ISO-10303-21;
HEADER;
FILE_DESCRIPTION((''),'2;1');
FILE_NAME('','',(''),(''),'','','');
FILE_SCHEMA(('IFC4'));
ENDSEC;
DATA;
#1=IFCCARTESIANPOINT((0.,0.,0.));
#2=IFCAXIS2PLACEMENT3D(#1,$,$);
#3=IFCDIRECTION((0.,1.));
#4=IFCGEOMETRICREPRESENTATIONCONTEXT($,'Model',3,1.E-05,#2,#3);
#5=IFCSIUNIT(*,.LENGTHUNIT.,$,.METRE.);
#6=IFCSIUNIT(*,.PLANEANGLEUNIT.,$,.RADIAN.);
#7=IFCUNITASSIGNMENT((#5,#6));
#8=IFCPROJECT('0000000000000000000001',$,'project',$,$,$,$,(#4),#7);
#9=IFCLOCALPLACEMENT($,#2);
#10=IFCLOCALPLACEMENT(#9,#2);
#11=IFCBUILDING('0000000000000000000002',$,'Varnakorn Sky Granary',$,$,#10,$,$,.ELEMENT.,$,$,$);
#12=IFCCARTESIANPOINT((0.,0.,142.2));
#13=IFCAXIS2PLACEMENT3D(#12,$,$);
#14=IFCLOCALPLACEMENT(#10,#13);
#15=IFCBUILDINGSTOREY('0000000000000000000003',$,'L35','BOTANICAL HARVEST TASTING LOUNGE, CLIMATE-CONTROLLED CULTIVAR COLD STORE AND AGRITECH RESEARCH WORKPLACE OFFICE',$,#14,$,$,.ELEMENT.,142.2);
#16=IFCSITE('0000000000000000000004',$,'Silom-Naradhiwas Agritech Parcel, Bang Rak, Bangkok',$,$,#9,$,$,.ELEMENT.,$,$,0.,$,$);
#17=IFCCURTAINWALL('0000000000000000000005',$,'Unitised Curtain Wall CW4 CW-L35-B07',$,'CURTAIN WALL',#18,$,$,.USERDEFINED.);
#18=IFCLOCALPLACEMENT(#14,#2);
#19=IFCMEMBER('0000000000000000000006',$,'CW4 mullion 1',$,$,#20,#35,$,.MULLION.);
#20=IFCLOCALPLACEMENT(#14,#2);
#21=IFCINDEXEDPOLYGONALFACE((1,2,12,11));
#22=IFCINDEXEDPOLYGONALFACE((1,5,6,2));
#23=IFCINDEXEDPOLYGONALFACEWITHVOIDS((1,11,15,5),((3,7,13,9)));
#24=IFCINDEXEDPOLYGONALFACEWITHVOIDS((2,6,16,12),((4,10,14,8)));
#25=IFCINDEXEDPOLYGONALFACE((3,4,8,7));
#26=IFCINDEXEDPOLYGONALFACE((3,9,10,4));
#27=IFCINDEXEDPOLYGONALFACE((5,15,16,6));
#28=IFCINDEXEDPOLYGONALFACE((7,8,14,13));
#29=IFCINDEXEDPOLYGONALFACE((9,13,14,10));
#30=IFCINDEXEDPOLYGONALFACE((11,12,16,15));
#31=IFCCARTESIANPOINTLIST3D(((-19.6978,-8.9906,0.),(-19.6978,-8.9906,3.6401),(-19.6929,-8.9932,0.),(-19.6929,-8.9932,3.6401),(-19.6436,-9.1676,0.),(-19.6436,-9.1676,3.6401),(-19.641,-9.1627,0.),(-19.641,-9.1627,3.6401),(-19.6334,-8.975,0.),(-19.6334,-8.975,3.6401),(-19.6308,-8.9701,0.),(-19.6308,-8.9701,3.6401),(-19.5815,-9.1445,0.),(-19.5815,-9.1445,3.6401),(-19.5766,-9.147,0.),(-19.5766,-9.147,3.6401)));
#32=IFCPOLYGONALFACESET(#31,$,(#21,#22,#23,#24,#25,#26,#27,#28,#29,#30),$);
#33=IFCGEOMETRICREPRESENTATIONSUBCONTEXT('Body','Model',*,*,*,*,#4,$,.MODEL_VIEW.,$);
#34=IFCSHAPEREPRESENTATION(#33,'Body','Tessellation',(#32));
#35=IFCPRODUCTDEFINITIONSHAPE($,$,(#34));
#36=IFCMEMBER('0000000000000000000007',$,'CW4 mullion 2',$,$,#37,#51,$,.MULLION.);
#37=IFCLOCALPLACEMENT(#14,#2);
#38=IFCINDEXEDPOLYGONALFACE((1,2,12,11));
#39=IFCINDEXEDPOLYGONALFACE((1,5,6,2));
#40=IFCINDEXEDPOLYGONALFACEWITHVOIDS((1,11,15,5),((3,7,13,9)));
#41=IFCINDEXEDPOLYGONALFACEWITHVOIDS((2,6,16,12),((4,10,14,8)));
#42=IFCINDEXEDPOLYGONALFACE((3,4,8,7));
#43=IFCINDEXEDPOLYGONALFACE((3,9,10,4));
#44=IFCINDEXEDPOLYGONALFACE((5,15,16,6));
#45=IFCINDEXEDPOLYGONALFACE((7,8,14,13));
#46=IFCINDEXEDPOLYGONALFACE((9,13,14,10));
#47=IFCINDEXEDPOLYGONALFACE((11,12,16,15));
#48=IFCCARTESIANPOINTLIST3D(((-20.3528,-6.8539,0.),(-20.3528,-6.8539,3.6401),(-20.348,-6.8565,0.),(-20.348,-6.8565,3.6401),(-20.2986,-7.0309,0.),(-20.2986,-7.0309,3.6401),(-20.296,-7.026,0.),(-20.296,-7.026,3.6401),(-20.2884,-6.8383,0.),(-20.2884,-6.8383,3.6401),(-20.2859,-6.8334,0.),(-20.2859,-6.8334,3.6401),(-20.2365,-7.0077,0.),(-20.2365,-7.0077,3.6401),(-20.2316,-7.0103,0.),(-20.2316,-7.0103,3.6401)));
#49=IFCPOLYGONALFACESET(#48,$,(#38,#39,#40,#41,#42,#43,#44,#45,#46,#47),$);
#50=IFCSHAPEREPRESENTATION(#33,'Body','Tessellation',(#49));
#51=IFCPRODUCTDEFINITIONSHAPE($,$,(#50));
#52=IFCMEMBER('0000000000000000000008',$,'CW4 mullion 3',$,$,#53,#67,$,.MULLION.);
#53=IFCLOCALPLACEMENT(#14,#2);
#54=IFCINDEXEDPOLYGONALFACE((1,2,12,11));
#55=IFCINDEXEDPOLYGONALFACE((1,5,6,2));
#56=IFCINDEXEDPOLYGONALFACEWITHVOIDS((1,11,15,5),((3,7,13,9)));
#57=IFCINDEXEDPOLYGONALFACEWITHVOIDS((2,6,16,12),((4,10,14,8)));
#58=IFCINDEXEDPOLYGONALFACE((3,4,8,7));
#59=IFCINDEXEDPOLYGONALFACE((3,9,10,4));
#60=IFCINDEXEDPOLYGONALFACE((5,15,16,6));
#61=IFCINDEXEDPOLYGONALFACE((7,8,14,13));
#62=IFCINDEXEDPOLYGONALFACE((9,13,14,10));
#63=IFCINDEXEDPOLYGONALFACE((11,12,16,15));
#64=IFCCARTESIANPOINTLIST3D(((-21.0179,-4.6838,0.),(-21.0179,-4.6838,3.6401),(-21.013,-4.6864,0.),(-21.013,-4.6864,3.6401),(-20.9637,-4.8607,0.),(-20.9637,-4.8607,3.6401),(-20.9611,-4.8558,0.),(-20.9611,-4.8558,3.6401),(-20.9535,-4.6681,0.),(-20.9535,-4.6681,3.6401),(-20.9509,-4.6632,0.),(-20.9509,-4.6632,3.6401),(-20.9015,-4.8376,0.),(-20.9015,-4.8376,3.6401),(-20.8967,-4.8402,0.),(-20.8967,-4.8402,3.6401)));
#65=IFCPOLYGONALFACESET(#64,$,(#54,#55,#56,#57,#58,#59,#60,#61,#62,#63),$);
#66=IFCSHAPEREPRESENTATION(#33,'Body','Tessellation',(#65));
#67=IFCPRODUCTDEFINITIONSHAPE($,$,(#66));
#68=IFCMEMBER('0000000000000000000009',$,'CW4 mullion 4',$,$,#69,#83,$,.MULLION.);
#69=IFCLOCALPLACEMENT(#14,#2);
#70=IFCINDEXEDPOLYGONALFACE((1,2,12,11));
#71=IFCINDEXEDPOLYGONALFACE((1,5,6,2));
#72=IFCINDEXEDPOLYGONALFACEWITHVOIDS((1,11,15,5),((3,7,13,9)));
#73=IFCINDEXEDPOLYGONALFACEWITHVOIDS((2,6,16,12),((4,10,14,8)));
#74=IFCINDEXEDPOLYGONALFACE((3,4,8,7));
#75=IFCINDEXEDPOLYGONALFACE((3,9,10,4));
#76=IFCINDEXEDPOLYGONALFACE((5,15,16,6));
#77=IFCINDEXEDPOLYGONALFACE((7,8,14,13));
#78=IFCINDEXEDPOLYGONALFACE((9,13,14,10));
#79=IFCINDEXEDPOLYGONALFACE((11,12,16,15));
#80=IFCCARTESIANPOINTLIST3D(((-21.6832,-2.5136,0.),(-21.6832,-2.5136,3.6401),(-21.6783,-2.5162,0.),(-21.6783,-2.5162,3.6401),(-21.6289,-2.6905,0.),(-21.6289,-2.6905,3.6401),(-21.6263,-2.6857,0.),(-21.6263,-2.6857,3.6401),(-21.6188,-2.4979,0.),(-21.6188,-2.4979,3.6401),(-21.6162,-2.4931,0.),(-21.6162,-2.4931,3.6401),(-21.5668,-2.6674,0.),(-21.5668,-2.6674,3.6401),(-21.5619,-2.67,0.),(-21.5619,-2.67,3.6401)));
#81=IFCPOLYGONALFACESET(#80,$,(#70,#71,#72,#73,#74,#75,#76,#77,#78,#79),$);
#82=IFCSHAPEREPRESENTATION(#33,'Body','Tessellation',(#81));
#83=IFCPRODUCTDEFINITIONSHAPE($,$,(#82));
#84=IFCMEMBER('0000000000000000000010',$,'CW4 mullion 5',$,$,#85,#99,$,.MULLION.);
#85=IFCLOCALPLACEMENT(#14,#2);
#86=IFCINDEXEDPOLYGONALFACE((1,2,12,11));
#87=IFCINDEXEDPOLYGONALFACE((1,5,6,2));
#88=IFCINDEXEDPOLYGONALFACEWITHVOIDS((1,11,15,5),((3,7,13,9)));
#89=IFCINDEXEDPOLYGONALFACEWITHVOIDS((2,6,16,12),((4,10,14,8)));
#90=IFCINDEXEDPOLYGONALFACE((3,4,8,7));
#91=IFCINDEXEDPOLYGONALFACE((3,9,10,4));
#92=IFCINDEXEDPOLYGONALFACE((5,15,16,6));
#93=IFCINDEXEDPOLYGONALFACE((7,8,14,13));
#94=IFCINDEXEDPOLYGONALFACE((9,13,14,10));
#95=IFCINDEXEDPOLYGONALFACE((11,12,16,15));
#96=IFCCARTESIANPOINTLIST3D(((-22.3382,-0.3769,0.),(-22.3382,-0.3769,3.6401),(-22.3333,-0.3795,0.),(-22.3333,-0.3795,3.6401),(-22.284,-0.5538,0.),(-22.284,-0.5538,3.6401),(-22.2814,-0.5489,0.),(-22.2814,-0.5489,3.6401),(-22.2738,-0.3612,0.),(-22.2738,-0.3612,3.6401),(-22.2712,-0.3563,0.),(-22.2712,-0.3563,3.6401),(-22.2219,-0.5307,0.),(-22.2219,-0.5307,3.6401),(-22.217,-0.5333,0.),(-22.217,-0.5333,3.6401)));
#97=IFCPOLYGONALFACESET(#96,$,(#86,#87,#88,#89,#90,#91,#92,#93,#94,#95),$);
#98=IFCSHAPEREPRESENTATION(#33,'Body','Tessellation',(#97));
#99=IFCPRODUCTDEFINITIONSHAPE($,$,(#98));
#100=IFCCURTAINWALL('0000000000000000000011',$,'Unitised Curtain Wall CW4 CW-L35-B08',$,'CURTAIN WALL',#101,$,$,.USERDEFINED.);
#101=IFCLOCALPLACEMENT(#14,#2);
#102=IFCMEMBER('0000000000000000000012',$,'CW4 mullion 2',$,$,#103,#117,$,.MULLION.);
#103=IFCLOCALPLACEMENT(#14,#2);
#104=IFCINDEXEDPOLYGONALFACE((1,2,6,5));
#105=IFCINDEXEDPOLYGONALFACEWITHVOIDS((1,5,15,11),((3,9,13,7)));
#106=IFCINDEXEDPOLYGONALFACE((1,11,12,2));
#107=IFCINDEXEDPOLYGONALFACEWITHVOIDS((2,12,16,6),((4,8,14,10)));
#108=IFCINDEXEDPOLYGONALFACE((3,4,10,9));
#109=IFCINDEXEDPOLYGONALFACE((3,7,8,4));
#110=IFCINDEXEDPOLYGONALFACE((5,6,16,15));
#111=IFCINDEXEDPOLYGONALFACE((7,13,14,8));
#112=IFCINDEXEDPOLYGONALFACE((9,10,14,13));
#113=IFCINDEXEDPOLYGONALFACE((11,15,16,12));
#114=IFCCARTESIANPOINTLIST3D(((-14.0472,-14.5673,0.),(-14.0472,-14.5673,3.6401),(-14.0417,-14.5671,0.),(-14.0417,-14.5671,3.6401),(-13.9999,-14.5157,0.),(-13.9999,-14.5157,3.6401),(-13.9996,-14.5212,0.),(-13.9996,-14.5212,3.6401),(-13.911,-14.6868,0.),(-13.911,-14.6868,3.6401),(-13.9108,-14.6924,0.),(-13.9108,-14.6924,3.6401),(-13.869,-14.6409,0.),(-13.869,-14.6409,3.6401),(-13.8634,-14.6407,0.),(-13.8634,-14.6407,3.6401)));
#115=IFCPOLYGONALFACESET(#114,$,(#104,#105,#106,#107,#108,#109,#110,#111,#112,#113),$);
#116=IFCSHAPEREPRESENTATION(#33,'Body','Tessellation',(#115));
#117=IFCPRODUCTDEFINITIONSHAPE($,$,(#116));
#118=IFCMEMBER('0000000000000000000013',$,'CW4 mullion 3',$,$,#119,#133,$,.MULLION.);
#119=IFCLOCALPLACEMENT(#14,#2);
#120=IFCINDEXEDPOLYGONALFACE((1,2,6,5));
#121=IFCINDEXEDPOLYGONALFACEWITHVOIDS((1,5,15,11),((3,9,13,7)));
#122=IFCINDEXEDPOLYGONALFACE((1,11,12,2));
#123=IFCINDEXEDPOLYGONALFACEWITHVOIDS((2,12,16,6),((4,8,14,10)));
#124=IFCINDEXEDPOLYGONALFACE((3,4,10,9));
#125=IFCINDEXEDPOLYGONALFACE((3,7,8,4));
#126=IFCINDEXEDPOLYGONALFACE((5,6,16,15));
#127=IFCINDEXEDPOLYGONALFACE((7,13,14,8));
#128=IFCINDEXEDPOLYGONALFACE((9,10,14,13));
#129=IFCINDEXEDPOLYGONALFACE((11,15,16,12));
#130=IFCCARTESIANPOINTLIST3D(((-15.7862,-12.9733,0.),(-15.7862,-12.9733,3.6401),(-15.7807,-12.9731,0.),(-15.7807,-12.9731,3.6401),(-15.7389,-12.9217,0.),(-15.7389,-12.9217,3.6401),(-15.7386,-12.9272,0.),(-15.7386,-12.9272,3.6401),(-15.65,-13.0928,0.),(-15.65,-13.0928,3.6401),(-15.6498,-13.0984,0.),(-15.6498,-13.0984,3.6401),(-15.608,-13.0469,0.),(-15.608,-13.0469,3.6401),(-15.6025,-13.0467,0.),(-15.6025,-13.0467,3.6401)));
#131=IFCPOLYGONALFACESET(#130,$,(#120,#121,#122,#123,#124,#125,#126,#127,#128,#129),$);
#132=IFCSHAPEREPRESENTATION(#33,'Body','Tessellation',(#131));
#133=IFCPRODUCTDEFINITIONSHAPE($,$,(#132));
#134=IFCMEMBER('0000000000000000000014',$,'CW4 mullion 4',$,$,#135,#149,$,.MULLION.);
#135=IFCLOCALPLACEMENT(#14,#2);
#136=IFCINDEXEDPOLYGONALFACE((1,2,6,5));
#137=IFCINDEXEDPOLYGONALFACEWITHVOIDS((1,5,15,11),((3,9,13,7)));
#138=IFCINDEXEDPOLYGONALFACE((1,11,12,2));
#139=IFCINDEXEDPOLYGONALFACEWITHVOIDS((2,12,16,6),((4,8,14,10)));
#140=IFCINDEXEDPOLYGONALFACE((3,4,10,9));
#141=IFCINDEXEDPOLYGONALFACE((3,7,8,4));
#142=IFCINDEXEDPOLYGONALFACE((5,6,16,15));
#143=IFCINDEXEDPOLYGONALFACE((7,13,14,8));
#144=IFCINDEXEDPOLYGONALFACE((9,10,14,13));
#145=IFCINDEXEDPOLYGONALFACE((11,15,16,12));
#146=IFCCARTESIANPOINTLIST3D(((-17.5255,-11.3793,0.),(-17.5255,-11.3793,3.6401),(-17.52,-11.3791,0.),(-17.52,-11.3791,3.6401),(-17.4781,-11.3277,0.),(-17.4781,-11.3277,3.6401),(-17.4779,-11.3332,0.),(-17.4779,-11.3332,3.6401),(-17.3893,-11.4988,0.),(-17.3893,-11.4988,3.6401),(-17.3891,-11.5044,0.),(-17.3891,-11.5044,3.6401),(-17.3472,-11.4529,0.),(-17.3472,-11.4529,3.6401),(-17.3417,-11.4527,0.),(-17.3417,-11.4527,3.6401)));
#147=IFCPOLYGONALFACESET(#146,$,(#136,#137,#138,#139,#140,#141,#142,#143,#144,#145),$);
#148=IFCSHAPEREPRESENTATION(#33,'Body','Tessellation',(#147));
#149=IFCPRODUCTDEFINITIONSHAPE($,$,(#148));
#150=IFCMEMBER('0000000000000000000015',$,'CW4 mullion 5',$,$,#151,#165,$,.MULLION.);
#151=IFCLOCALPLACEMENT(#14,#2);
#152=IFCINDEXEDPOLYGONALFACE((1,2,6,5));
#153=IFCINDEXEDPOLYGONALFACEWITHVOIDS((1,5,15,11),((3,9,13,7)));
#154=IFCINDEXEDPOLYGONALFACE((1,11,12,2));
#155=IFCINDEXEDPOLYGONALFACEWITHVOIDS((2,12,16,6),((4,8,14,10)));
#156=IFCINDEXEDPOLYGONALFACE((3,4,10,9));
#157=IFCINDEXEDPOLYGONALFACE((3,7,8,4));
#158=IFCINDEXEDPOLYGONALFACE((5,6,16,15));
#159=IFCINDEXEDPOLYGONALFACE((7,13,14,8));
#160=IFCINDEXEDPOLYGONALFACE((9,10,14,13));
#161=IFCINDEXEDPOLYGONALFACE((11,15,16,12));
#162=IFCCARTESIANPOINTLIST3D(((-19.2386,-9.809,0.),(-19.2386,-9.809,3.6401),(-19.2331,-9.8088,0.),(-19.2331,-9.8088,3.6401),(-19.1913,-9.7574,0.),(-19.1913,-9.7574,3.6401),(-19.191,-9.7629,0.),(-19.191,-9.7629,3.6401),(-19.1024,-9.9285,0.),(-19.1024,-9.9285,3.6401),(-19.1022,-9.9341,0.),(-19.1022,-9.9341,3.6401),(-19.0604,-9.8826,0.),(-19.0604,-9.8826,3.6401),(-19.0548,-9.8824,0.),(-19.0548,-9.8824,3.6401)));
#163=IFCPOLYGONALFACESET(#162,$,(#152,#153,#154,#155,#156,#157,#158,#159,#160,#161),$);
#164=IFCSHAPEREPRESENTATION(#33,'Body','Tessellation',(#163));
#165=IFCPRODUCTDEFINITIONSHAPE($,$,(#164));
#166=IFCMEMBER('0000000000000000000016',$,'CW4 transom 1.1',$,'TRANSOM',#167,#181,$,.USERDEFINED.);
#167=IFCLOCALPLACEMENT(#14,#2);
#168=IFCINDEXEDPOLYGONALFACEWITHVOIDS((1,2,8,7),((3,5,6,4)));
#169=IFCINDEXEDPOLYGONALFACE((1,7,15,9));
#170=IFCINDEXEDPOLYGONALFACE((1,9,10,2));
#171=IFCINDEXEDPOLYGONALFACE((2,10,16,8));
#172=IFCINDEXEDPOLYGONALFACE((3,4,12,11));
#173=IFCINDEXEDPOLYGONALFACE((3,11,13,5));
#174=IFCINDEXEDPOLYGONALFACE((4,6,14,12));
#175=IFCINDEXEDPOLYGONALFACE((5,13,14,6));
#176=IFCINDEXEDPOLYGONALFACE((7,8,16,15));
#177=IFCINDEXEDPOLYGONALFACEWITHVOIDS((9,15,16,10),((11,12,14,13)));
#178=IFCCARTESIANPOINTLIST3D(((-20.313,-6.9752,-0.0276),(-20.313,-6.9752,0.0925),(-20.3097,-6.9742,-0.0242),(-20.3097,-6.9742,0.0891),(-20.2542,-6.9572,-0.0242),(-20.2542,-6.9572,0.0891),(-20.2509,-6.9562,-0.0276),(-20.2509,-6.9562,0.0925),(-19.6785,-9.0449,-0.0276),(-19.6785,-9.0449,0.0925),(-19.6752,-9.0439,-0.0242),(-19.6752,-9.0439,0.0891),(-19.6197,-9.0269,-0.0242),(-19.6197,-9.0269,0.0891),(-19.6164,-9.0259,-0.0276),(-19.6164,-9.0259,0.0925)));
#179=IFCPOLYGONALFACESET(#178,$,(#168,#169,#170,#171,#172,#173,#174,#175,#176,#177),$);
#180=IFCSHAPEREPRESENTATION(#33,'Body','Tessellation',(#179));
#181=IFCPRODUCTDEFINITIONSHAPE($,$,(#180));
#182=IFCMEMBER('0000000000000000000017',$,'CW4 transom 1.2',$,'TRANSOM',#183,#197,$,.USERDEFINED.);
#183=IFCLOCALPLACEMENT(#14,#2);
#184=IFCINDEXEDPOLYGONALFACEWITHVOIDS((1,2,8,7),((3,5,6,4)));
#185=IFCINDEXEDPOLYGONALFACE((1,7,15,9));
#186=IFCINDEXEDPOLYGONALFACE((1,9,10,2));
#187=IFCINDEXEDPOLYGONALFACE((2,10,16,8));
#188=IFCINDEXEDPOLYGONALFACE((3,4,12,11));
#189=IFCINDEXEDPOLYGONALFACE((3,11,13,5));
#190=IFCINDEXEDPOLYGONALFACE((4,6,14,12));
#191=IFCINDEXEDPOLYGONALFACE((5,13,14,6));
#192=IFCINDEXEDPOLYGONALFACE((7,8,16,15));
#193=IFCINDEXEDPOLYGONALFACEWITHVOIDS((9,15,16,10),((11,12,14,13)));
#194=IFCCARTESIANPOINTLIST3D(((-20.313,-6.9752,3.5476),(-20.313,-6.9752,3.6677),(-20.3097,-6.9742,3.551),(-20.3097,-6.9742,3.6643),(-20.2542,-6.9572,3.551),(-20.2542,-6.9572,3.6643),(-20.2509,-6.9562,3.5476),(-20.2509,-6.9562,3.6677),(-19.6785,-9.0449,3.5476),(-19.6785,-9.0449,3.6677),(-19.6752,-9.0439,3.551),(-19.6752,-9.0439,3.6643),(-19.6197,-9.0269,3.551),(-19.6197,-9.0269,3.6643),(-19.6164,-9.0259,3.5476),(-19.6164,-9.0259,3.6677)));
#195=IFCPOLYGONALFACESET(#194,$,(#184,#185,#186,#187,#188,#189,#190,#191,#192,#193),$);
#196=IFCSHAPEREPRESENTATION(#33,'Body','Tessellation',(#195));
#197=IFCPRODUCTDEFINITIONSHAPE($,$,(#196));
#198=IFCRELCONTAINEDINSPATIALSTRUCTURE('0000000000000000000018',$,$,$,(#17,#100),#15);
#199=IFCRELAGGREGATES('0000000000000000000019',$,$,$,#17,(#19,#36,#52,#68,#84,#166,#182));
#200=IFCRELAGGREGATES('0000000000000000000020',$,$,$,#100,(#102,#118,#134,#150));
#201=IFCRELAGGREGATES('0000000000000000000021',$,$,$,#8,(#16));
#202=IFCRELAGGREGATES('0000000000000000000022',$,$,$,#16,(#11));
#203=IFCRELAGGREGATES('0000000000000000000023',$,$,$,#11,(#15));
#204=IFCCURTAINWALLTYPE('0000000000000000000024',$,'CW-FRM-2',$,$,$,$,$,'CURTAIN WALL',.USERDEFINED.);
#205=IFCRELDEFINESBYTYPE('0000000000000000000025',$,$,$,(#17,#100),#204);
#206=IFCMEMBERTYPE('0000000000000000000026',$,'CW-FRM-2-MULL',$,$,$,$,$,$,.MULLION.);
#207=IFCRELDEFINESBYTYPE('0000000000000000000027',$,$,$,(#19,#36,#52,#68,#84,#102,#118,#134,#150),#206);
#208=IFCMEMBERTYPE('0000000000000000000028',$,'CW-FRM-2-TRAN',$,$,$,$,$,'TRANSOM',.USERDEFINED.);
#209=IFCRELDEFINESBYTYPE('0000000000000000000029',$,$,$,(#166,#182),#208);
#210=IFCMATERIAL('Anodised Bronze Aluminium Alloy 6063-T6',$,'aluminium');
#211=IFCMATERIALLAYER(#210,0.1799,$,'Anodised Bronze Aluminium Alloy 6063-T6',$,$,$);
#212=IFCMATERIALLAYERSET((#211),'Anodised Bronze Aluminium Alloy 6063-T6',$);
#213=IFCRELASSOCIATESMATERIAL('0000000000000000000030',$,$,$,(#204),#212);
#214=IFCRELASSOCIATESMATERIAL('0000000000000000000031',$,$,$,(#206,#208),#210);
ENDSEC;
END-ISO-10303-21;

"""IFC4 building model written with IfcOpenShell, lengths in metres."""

from ifc_helpers import new_model, si_unit, direction, frame, origin, origin_2d, place, context, subcontext, project, spatial, hollow_rectangle, extrude, material, layer, layer_set, material_profile, profile_set, type_object, element, aggregate, save


model = new_model("IFC4")

# Units and contexts
model_context = context("Model", 3, precision=1e-05, world=origin(), true_north=direction((0.0, 1.0)))
body_context = subcontext(model_context, "Body", "Model", "MODEL_VIEW")
ifc_project = project(units=[si_unit("LENGTHUNIT", "METRE"), si_unit("PLANEANGLEUNIT", "RADIAN")], contexts=[model_context])

# Site, building, storey
site_placement = place(None, origin())
site = spatial("IfcSite", under=ifc_project, at=site_placement, Name="Silom-Naradhiwas Agritech Parcel, Bang Rak, Bangkok", CompositionType="ELEMENT", RefElevation=0.0)
building_placement = place(site_placement, origin())
building = spatial("IfcBuilding", under=site, at=building_placement, Name="Varnakorn Sky Granary", CompositionType="ELEMENT")
storey_placement = place(building_placement, frame((0.0, 0.0, 142.2)))
storey = spatial("IfcBuildingStorey", under=building, at=storey_placement, Name="L35", Description="BOTANICAL HARVEST TASTING LOUNGE, CLIMATE-CONTROLLED CULTIVAR COLD STORE AND AGRITECH RESEARCH WORKPLACE OFFICE", CompositionType="ELEMENT", Elevation=142.2)

# Curtain walls, members
ifc_material_1 = material(Name="Anodised Bronze Aluminium Alloy 6063-T6", Category="aluminium")
ifc_layer_1 = layer(ifc_material_1, 0.1799, Name="Anodised Bronze Aluminium Alloy 6063-T6")
ifc_layer_set_1 = layer_set([ifc_layer_1], Name="Anodised Bronze Aluminium Alloy 6063-T6")
curtain_wall_type = type_object("IfcCurtainWallType", Name="CW-FRM-2", ElementType="CURTAIN WALL", PredefinedType="USERDEFINED", material=ifc_layer_set_1)
curtain_wall_1_placement = place(storey_placement, origin())
curtain_wall_1 = element("IfcCurtainWall", 1, at=curtain_wall_1_placement, inside=storey, type_object=curtain_wall_type, Name="Unitised Curtain Wall CW4 CW-L35-B07", ObjectType="CURTAIN WALL", PredefinedType="USERDEFINED")
ifc_material_profile_1 = material_profile(ifc_material_1, hollow_rectangle(XDim=0.0701, YDim=0.1851, WallThickness=0.0039, at=origin_2d()), Name="ALU MULL 70x185")
ifc_profile_set_1 = profile_set([ifc_material_profile_1], Name="Anodised Bronze Aluminium Alloy 6063-T6")
member_type_1 = type_object("IfcMemberType", Name="CW-FRM-2-MULL", PredefinedType="MULLION", material=ifc_profile_set_1)
member_1_placement = place(storey_placement, frame((-19.6372, -9.0688, 0.0), z_axis=(0.0, 0.0, 1.0), x_axis=(-0.956092, -0.293068, 0.0)))
member_1 = element("IfcMember", 2, at=member_1_placement, type_object=member_type_1, Name="CW4 mullion 1", PredefinedType="MULLION", context=body_context, shape_type="SweptSolid", body=[
    extrude(hollow_rectangle(XDim=0.0701, YDim=0.1851, WallThickness=0.0039, at=origin_2d()), origin(), (0.0, 0.0, 1.0), 3.6401),
])
member_2_placement = place(storey_placement, frame((-20.2922, -6.9321, 0.0), z_axis=(0.0, 0.0, 1.0), x_axis=(-0.956092, -0.293068, 0.0)))
member_2 = element("IfcMember", 3, at=member_2_placement, type_object=member_type_1, Name="CW4 mullion 2", PredefinedType="MULLION", context=body_context, shape_type="SweptSolid", body=[
    extrude(hollow_rectangle(XDim=0.0701, YDim=0.1851, WallThickness=0.0039, at=origin_2d()), origin(), (0.0, 0.0, 1.0), 3.6401),
])
member_3_placement = place(storey_placement, frame((-20.9573, -4.762, 0.0), z_axis=(0.0, 0.0, 1.0), x_axis=(-0.956092, -0.293068, 0.0)))
member_3 = element("IfcMember", 4, at=member_3_placement, type_object=member_type_1, Name="CW4 mullion 3", PredefinedType="MULLION", context=body_context, shape_type="SweptSolid", body=[
    extrude(hollow_rectangle(XDim=0.0701, YDim=0.1851, WallThickness=0.0039, at=origin_2d()), origin(), (0.0, 0.0, 1.0), 3.6401),
])
member_4_placement = place(storey_placement, frame((-21.6226, -2.5918, 0.0), z_axis=(0.0, 0.0, 1.0), x_axis=(-0.956092, -0.293068, 0.0)))
member_4 = element("IfcMember", 5, at=member_4_placement, type_object=member_type_1, Name="CW4 mullion 4", PredefinedType="MULLION", context=body_context, shape_type="SweptSolid", body=[
    extrude(hollow_rectangle(XDim=0.0701, YDim=0.1851, WallThickness=0.0039, at=origin_2d()), origin(), (0.0, 0.0, 1.0), 3.6401),
])
member_5_placement = place(storey_placement, frame((-22.2776, -0.4551, 0.0), z_axis=(0.0, 0.0, 1.0), x_axis=(-0.956092, -0.293068, 0.0)))
member_5 = element("IfcMember", 6, at=member_5_placement, type_object=member_type_1, Name="CW4 mullion 5", PredefinedType="MULLION", context=body_context, shape_type="SweptSolid", body=[
    extrude(hollow_rectangle(XDim=0.0701, YDim=0.1851, WallThickness=0.0039, at=origin_2d()), origin(), (0.0, 0.0, 1.0), 3.6401),
])
curtain_wall_2_placement = place(storey_placement, origin())
curtain_wall_2 = element("IfcCurtainWall", 7, at=curtain_wall_2_placement, inside=storey, type_object=curtain_wall_type, Name="Unitised Curtain Wall CW4 CW-L35-B08", ObjectType="CURTAIN WALL", PredefinedType="USERDEFINED")
member_6_placement = place(storey_placement, frame((-13.9553, -14.604, 0.0), z_axis=(0.0, 0.0, 1.0), x_axis=(-0.675685, -0.737191, 0.0)))
member_6 = element("IfcMember", 8, at=member_6_placement, type_object=member_type_1, Name="CW4 mullion 2", PredefinedType="MULLION", context=body_context, shape_type="SweptSolid", body=[
    extrude(hollow_rectangle(XDim=0.0701, YDim=0.1851, WallThickness=0.0039, at=origin_2d()), origin(), (0.0, 0.0, 1.0), 3.6401),
])
member_7_placement = place(storey_placement, frame((-15.6943, -13.01, 0.0), z_axis=(0.0, 0.0, 1.0), x_axis=(-0.675685, -0.737191, 0.0)))
member_7 = element("IfcMember", 9, at=member_7_placement, type_object=member_type_1, Name="CW4 mullion 3", PredefinedType="MULLION", context=body_context, shape_type="SweptSolid", body=[
    extrude(hollow_rectangle(XDim=0.0701, YDim=0.1851, WallThickness=0.0039, at=origin_2d()), origin(), (0.0, 0.0, 1.0), 3.6401),
])
member_8_placement = place(storey_placement, frame((-17.4336, -11.416, 0.0), z_axis=(0.0, 0.0, 1.0), x_axis=(-0.675685, -0.737191, 0.0)))
member_8 = element("IfcMember", 10, at=member_8_placement, type_object=member_type_1, Name="CW4 mullion 4", PredefinedType="MULLION", context=body_context, shape_type="SweptSolid", body=[
    extrude(hollow_rectangle(XDim=0.0701, YDim=0.1851, WallThickness=0.0039, at=origin_2d()), origin(), (0.0, 0.0, 1.0), 3.6401),
])
member_9_placement = place(storey_placement, frame((-19.1467, -9.8457, 0.0), z_axis=(0.0, 0.0, 1.0), x_axis=(-0.675685, -0.737191, 0.0)))
member_9 = element("IfcMember", 11, at=member_9_placement, type_object=member_type_1, Name="CW4 mullion 5", PredefinedType="MULLION", context=body_context, shape_type="SweptSolid", body=[
    extrude(hollow_rectangle(XDim=0.0701, YDim=0.1851, WallThickness=0.0039, at=origin_2d()), origin(), (0.0, 0.0, 1.0), 3.6401),
])

# Members
ifc_material_profile_2 = material_profile(ifc_material_1, hollow_rectangle(XDim=0.0649, YDim=0.1201, WallThickness=0.0034, at=origin_2d()), Name="ALU TRAN 65x120")
ifc_profile_set_2 = profile_set([ifc_material_profile_2], Name="Anodised Bronze Aluminium Alloy 6063-T6")
member_type_2 = type_object("IfcMemberType", Name="CW-FRM-2-TRAN", ElementType="TRANSOM", PredefinedType="USERDEFINED", material=ifc_profile_set_2)
member_10_placement = place(storey_placement, frame((-19.6475, -9.0354, 0.0325), z_axis=(-0.293095, 0.956083, 0.0), x_axis=(-0.956083, -0.293095, 0.0)))
member_10 = element("IfcMember", 12, at=member_10_placement, type_object=member_type_2, Name="CW4 transom 1.1", ObjectType="TRANSOM", PredefinedType="USERDEFINED", context=body_context, shape_type="SweptSolid", body=[
    extrude(hollow_rectangle(XDim=0.0649, YDim=0.1201, WallThickness=0.0034, at=origin_2d()), origin(), (0.0, 0.0, 1.0), 2.1648),
])
member_11_placement = place(storey_placement, frame((-19.6475, -9.0354, 3.6077), z_axis=(-0.293095, 0.956083, 0.0), x_axis=(-0.956083, -0.293095, 0.0)))
member_11 = element("IfcMember", 13, at=member_11_placement, type_object=member_type_2, Name="CW4 transom 1.2", ObjectType="TRANSOM", PredefinedType="USERDEFINED", context=body_context, shape_type="SweptSolid", body=[
    extrude(hollow_rectangle(XDim=0.0649, YDim=0.1201, WallThickness=0.0034, at=origin_2d()), origin(), (0.0, 0.0, 1.0), 2.1648),
])

aggregate(curtain_wall_1, [member_1, member_2, member_3, member_4, member_5, member_10, member_11])
aggregate(curtain_wall_2, [member_6, member_7, member_8, member_9])

save(model, "model.ifc")
